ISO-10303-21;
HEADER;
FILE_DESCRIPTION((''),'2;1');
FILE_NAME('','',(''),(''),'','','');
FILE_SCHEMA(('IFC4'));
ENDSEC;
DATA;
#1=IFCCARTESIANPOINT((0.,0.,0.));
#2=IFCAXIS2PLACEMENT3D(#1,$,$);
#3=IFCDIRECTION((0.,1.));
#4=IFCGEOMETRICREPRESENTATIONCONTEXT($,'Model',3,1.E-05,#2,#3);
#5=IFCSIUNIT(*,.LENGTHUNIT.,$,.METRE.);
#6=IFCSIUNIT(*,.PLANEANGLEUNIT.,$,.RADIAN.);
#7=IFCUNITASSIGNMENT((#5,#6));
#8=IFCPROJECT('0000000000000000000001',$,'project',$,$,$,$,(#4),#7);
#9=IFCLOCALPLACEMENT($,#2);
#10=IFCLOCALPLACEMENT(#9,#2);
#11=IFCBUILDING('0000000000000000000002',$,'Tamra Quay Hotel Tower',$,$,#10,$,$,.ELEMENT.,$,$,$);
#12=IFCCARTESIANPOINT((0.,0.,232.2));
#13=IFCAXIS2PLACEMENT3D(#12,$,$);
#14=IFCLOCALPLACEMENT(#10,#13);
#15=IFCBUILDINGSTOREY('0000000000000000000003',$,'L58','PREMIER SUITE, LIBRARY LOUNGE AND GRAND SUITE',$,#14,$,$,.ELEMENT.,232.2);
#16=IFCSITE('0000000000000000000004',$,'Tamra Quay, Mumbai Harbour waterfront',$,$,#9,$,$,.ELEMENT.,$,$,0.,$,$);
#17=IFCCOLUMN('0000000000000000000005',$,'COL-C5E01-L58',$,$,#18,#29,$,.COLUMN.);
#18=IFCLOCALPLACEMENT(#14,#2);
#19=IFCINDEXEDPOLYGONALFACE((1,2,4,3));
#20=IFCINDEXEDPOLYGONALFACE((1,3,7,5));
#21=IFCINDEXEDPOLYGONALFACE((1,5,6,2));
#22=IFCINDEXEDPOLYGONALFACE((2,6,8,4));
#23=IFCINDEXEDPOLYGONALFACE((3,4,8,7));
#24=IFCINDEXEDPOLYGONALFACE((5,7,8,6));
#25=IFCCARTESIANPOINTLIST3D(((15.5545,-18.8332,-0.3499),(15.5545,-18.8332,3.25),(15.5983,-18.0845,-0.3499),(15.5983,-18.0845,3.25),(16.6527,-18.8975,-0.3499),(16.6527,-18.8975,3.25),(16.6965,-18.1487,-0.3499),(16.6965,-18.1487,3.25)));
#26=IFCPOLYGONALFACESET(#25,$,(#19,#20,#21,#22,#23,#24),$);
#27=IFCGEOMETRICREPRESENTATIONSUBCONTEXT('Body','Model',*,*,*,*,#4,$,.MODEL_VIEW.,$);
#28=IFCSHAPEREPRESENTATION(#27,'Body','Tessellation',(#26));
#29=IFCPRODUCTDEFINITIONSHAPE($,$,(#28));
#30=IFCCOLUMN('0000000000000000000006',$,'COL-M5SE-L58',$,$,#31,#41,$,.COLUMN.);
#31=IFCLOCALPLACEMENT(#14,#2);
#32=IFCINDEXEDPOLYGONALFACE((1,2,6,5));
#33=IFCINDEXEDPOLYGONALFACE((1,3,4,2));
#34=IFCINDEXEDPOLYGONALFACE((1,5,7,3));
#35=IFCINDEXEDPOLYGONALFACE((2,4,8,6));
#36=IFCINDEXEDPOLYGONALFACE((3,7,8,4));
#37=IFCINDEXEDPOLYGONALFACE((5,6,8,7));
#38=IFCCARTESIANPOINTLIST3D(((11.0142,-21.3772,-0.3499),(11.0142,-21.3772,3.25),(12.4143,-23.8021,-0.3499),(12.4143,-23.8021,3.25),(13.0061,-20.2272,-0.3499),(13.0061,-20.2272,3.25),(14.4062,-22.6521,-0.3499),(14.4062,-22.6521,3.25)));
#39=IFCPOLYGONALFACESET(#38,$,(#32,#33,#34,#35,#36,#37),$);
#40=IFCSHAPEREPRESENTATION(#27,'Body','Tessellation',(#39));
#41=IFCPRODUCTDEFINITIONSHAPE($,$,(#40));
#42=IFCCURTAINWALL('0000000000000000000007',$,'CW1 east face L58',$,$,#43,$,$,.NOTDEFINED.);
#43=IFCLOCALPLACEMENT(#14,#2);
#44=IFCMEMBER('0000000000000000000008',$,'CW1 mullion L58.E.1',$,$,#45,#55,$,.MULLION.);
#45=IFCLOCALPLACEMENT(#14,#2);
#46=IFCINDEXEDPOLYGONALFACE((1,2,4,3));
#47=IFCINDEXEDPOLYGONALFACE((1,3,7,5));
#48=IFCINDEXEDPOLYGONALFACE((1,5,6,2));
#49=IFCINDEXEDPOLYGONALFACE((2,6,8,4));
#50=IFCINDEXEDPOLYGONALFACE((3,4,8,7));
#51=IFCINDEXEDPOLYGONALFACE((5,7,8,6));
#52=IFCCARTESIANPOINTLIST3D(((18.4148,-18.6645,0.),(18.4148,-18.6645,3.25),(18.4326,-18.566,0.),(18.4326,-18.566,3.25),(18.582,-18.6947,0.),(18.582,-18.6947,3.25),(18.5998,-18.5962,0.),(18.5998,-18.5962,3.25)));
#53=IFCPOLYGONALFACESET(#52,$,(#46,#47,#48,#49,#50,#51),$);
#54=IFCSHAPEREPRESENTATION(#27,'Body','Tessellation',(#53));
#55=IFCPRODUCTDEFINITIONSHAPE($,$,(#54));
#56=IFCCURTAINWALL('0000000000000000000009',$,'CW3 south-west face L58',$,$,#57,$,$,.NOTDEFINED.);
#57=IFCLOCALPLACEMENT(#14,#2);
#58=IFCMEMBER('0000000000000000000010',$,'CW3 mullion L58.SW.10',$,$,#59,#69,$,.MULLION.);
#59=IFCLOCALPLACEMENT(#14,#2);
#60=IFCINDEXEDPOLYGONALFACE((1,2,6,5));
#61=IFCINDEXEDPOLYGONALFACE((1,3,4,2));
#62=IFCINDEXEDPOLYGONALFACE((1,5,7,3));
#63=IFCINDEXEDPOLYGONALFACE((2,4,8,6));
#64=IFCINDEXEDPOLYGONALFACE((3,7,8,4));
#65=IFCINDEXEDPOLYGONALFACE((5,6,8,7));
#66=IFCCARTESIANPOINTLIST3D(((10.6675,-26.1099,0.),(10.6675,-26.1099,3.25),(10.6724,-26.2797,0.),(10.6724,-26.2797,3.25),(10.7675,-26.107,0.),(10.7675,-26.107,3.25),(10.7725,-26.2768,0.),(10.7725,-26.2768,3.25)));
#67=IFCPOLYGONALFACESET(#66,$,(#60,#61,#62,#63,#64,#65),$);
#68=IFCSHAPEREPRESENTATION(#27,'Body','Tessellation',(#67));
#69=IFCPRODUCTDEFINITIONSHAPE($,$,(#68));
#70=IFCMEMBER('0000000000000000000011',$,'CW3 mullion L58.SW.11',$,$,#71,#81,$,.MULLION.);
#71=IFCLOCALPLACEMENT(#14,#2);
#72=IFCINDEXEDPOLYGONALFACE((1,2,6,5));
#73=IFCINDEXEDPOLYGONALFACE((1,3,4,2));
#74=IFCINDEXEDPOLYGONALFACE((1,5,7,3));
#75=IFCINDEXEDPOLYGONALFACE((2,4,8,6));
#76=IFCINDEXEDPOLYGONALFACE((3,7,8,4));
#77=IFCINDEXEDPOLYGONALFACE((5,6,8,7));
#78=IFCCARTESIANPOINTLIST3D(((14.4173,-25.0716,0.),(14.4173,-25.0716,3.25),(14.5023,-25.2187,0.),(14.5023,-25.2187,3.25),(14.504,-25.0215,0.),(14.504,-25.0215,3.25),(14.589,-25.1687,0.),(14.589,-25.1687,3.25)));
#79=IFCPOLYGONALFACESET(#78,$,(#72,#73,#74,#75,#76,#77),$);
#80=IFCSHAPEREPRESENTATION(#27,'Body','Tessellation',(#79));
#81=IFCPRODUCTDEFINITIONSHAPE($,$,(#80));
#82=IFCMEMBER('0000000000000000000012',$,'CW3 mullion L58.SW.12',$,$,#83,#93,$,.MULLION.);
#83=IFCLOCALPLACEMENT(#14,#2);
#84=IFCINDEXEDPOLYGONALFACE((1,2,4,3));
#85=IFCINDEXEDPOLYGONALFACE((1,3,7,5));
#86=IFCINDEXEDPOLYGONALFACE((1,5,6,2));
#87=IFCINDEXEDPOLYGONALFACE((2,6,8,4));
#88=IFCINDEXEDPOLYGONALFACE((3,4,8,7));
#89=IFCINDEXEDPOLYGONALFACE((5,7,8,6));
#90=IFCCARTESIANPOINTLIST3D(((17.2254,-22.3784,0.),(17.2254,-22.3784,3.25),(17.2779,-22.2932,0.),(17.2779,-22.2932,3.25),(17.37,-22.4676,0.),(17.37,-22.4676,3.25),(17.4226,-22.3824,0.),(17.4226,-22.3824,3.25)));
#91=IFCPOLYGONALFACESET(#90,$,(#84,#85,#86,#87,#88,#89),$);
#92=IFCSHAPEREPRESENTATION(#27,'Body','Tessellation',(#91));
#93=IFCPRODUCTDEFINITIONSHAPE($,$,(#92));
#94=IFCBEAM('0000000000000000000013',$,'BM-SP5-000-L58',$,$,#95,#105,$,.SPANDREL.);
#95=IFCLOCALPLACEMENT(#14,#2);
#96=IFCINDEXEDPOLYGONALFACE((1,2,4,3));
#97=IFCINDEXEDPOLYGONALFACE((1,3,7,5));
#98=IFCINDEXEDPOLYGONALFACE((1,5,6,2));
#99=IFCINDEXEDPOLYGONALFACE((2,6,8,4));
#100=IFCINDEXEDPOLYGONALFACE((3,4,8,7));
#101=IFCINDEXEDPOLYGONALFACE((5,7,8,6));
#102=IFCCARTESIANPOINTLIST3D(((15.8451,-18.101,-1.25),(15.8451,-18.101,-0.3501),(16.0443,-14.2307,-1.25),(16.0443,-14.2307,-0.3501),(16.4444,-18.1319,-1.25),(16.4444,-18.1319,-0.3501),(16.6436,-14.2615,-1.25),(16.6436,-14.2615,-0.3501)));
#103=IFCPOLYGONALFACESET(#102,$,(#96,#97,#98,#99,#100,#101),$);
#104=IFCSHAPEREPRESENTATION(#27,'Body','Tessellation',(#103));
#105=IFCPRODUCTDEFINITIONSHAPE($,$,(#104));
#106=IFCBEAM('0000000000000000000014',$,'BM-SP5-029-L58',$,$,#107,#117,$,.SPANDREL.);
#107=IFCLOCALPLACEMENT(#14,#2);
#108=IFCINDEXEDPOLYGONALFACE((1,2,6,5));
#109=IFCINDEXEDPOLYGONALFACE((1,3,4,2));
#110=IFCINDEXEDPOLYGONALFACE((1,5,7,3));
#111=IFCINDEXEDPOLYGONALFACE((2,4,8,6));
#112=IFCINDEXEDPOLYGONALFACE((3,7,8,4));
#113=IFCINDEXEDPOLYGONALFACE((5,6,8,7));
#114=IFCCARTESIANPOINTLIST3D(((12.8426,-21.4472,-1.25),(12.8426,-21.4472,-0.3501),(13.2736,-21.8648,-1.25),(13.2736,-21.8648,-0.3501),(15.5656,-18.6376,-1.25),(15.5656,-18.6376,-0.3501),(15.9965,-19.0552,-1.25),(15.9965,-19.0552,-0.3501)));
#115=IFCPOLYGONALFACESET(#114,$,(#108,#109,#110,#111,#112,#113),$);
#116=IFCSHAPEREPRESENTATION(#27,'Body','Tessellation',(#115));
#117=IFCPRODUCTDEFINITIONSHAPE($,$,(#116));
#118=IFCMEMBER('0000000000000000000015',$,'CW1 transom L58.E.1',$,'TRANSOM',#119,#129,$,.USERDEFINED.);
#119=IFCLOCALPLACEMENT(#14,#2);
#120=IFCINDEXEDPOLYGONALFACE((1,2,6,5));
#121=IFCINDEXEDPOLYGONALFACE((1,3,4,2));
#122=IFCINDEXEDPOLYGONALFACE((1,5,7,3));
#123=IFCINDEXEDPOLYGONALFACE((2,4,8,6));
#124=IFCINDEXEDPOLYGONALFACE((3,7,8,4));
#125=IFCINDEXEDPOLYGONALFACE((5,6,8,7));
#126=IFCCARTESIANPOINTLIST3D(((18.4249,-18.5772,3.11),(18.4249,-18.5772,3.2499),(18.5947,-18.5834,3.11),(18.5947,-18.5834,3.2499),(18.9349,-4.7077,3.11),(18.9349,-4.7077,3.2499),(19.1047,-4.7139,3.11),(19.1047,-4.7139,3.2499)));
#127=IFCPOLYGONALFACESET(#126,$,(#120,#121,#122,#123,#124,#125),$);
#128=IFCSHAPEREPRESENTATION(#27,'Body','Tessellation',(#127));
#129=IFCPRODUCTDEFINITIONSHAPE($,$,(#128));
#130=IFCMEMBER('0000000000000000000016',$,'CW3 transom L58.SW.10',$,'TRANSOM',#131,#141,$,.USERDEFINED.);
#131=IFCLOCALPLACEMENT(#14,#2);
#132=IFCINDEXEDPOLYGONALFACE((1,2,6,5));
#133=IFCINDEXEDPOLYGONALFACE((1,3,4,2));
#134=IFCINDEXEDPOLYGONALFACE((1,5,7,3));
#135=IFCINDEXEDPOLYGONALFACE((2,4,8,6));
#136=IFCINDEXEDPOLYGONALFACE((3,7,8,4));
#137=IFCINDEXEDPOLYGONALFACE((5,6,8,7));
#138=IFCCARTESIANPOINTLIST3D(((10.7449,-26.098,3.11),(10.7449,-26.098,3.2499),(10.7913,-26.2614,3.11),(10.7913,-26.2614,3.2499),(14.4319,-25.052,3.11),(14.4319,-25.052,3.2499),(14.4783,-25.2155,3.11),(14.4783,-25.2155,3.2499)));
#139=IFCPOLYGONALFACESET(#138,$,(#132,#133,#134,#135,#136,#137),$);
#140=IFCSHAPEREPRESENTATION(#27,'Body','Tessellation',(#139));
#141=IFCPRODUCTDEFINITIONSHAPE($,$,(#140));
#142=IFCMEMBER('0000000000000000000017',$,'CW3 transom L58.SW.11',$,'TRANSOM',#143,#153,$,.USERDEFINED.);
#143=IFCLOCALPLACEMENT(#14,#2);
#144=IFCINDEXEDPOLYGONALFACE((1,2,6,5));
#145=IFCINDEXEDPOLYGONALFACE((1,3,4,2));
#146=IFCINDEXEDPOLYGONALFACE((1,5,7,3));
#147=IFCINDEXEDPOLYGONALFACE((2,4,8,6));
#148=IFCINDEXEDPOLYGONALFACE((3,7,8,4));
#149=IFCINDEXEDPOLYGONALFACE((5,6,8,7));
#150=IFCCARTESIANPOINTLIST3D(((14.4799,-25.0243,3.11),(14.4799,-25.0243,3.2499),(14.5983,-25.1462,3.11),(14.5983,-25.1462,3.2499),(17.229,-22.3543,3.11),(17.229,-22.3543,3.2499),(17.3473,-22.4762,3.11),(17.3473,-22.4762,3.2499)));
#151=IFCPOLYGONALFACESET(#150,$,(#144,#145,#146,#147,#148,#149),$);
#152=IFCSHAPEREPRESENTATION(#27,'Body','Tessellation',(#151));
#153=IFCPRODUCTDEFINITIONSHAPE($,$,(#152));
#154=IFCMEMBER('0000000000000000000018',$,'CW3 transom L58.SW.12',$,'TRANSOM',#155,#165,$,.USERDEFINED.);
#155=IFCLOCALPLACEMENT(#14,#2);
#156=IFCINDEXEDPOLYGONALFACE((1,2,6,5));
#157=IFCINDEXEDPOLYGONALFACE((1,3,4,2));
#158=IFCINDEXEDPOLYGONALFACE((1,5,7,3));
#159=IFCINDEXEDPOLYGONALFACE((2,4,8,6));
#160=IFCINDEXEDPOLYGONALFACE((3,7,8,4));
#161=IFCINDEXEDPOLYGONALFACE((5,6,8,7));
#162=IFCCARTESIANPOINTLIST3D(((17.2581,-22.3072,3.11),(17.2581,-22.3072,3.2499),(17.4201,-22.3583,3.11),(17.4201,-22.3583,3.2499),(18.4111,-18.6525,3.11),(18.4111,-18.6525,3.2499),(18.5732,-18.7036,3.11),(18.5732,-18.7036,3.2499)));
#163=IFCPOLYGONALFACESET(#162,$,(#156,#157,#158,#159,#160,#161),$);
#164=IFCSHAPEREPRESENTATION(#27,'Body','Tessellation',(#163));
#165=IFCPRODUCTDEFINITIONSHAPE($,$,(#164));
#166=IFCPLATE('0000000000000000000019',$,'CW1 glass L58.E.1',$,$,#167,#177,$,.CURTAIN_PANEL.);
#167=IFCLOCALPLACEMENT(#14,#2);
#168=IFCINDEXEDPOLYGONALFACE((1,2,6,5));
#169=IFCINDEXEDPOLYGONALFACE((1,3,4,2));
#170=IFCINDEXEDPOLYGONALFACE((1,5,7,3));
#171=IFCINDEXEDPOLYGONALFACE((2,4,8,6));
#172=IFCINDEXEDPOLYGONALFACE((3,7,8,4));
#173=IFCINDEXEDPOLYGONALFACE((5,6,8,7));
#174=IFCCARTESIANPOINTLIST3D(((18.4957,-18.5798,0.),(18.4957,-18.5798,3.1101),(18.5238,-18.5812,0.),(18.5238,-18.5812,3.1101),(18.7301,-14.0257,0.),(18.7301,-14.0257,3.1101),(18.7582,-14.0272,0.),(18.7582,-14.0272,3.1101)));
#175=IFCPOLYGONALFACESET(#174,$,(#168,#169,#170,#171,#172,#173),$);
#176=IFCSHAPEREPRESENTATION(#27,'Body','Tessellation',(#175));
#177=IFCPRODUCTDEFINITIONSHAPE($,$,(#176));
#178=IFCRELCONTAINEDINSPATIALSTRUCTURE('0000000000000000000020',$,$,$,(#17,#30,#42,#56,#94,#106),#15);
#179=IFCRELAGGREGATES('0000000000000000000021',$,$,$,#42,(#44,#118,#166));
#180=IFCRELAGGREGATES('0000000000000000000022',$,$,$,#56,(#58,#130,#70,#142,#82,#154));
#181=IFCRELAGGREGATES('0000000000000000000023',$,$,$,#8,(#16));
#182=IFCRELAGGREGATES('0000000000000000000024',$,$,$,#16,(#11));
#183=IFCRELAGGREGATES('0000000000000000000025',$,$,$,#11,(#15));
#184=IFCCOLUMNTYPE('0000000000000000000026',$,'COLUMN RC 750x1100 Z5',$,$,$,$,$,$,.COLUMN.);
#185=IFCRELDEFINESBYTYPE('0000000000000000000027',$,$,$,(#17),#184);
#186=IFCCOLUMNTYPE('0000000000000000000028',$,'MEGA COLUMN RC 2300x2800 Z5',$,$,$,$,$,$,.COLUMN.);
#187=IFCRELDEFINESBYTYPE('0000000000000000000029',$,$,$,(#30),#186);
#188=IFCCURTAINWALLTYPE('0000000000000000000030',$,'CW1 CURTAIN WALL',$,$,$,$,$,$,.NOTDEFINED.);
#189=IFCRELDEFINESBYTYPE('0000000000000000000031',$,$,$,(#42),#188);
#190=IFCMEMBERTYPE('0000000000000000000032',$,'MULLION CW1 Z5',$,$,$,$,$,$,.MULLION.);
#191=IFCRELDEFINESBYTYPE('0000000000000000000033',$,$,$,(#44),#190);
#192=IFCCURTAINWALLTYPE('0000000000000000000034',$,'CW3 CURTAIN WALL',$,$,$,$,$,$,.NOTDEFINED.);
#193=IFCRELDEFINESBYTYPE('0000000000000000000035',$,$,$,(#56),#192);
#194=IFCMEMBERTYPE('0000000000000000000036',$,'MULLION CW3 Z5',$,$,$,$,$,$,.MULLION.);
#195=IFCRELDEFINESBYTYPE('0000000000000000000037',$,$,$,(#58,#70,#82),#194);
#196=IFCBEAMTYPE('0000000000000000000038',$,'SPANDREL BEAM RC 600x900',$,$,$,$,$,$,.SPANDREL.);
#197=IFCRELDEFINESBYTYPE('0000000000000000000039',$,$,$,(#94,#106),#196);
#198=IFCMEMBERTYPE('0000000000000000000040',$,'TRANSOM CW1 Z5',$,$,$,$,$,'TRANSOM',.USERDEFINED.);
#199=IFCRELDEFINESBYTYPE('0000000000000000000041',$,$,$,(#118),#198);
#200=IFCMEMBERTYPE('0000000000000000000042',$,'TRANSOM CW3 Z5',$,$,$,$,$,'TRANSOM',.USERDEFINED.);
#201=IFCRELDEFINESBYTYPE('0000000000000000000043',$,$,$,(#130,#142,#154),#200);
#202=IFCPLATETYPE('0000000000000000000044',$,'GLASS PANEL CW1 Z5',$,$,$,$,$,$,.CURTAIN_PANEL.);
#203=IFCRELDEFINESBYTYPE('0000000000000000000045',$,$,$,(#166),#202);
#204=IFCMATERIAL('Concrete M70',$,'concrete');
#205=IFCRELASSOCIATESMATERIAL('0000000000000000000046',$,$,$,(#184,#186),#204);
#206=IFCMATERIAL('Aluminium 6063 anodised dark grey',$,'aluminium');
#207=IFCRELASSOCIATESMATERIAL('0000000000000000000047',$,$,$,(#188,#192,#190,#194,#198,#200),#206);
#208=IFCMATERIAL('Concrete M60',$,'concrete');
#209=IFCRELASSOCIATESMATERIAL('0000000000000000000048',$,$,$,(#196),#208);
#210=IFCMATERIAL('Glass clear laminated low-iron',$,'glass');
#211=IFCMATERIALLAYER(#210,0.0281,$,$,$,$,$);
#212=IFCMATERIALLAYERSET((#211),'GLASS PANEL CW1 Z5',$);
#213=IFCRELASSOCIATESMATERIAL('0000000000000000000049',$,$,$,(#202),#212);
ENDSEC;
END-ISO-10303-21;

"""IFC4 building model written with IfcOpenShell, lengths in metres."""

from ifc_helpers import new_model, si_unit, direction, frame, origin, origin_2d, place, context, subcontext, project, spatial, rectangle, extrude, material, layer, layer_set, material_profile, profile_set, type_object, element, aggregate, save


model = new_model("IFC4")

# Units and contexts
model_context = context("Model", 3, precision=1e-05, world=origin(), true_north=direction((0.0, 1.0)))
body_context = subcontext(model_context, "Body", "Model", "MODEL_VIEW")
ifc_project = project(units=[si_unit("LENGTHUNIT", "METRE"), si_unit("PLANEANGLEUNIT", "RADIAN")], contexts=[model_context])

# Site, building, storey
site_placement = place(None, origin())
site = spatial("IfcSite", under=ifc_project, at=site_placement, Name="Tamra Quay, Mumbai Harbour waterfront", CompositionType="ELEMENT", RefElevation=0.0)
building_placement = place(site_placement, origin())
building = spatial("IfcBuilding", under=site, at=building_placement, Name="Tamra Quay Hotel Tower", CompositionType="ELEMENT")
storey_placement = place(building_placement, frame((0.0, 0.0, 232.2)))
storey = spatial("IfcBuildingStorey", under=building, at=storey_placement, Name="L58", Description="PREMIER SUITE, LIBRARY LOUNGE AND GRAND SUITE", CompositionType="ELEMENT", Elevation=232.2)

# Columns
ifc_material_1 = material(Name="Concrete M70", Category="concrete")
ifc_material_profile_1 = material_profile(ifc_material_1, rectangle(XDim=1.1001, YDim=0.75, at=origin_2d()), Name="COLUMN RC 750x1100 Z5")
ifc_profile_set_1 = profile_set([ifc_material_profile_1], Name="Concrete M70")
column_type_1 = type_object("IfcColumnType", Name="COLUMN RC 750x1100 Z5", PredefinedType="COLUMN", material=ifc_profile_set_1)
column_1_placement = place(storey_placement, frame((16.1255, -18.491, -0.3499), z_axis=(0.0, 0.0, 1.0), x_axis=(-0.998292, 0.05842, 0.0)))
element("IfcColumn", 1, at=column_1_placement, inside=storey, type_object=column_type_1, Name="COL-C5E01-L58", PredefinedType="COLUMN", context=body_context, shape_type="SweptSolid", body=[
    extrude(rectangle(XDim=1.1001, YDim=0.75, at=origin_2d()), origin(), (0.0, 0.0, 1.0), 3.5999),
])
ifc_material_profile_2 = material_profile(ifc_material_1, rectangle(XDim=2.8, YDim=2.3, at=origin_2d()), Name="MEGA COLUMN RC 2300x2800 Z5")
ifc_profile_set_2 = profile_set([ifc_material_profile_2], Name="Concrete M70")
column_type_2 = type_object("IfcColumnType", Name="MEGA COLUMN RC 2300x2800 Z5", PredefinedType="COLUMN", material=ifc_profile_set_2)
column_2_placement = place(storey_placement, frame((12.7102, -22.0146, -0.3499), z_axis=(0.0, 0.0, 1.0), x_axis=(-0.5, 0.866025, 0.0)))
element("IfcColumn", 2, at=column_2_placement, inside=storey, type_object=column_type_2, Name="COL-M5SE-L58", PredefinedType="COLUMN", context=body_context, shape_type="SweptSolid", body=[
    extrude(rectangle(XDim=2.8, YDim=2.3, at=origin_2d()), origin(), (0.0, 0.0, 1.0), 3.5999),
])

# Curtain wall, member
ifc_material_2 = material(Name="Aluminium 6063 anodised dark grey", Category="aluminium")
curtain_wall_type_1 = type_object("IfcCurtainWallType", Name="CW1 CURTAIN WALL", PredefinedType="NOTDEFINED", material=ifc_material_2)
curtain_wall_1_placement = place(storey_placement, origin())
curtain_wall_1 = element("IfcCurtainWall", 3, at=curtain_wall_1_placement, inside=storey, type_object=curtain_wall_type_1, Name="CW1 east face L58", PredefinedType="NOTDEFINED")
ifc_material_profile_3 = material_profile(ifc_material_2, rectangle(XDim=0.1699, YDim=0.1001, at=origin_2d()), Name="MULLION 100X170")
ifc_profile_set_3 = profile_set([ifc_material_profile_3], Name="Aluminium 6063 anodised dark grey")
member_type_1 = type_object("IfcMemberType", Name="MULLION CW1 Z5", PredefinedType="MULLION", material=ifc_profile_set_3)
member_1_placement = place(storey_placement, frame((18.5073, -18.6304, 0.0), z_axis=(0.0, 0.0, 1.0), x_axis=(0.984105, -0.177586, 0.0)))
member_1 = element("IfcMember", 4, at=member_1_placement, type_object=member_type_1, Name="CW1 mullion L58.E.1", PredefinedType="MULLION", context=body_context, shape_type="SweptSolid", body=[
    extrude(rectangle(XDim=0.1699, YDim=0.1001, at=origin_2d()), origin(), (0.0, 0.0, 1.0), 3.25),
])

# Curtain wall, members
curtain_wall_type_2 = type_object("IfcCurtainWallType", Name="CW3 CURTAIN WALL", PredefinedType="NOTDEFINED", material=ifc_material_2)
curtain_wall_2_placement = place(storey_placement, origin())
curtain_wall_2 = element("IfcCurtainWall", 5, at=curtain_wall_2_placement, inside=storey, type_object=curtain_wall_type_2, Name="CW3 south-west face L58", PredefinedType="NOTDEFINED")
ifc_material_profile_4 = material_profile(ifc_material_2, rectangle(XDim=0.1699, YDim=0.1001, at=origin_2d()), Name="MULLION 100X170")
ifc_profile_set_4 = profile_set([ifc_material_profile_4], Name="Aluminium 6063 anodised dark grey")
member_type_2 = type_object("IfcMemberType", Name="MULLION CW3 Z5", PredefinedType="MULLION", material=ifc_profile_set_4)
member_2_placement = place(storey_placement, frame((10.72, -26.1934, 0.0), z_axis=(0.0, 0.0, 1.0), x_axis=(0.029223, -0.999573, 0.0)))
member_2 = element("IfcMember", 6, at=member_2_placement, type_object=member_type_2, Name="CW3 mullion L58.SW.10", PredefinedType="MULLION", context=body_context, shape_type="SweptSolid", body=[
    extrude(rectangle(XDim=0.1699, YDim=0.1001, at=origin_2d()), origin(), (0.0, 0.0, 1.0), 3.25),
])
member_3_placement = place(storey_placement, frame((14.5032, -25.1201, 0.0), z_axis=(0.0, 0.0, 1.0), x_axis=(0.5, -0.866025, 0.0)))
member_3 = element("IfcMember", 7, at=member_3_placement, type_object=member_type_2, Name="CW3 mullion L58.SW.11", PredefinedType="MULLION", context=body_context, shape_type="SweptSolid", body=[
    extrude(rectangle(XDim=0.1699, YDim=0.1001, at=origin_2d()), origin(), (0.0, 0.0, 1.0), 3.25),
])
member_4_placement = place(storey_placement, frame((17.324, -22.3804, 0.0), z_axis=(0.0, 0.0, 1.0), x_axis=(0.851044, -0.525094, 0.0)))
member_4 = element("IfcMember", 8, at=member_4_placement, type_object=member_type_2, Name="CW3 mullion L58.SW.12", PredefinedType="MULLION", context=body_context, shape_type="SweptSolid", body=[
    extrude(rectangle(XDim=0.1699, YDim=0.1001, at=origin_2d()), origin(), (0.0, 0.0, 1.0), 3.25),
])

# Beams
ifc_material_3 = material(Name="Concrete M60", Category="concrete")
ifc_material_profile_5 = material_profile(ifc_material_3, rectangle(XDim=0.6001, YDim=0.8999, at=origin_2d()), Name="SPANDREL BEAM RC 600x900")
ifc_profile_set_5 = profile_set([ifc_material_profile_5], Name="Concrete M60")
beam_type = type_object("IfcBeamType", Name="SPANDREL BEAM RC 600x900", PredefinedType="SPANDREL", material=ifc_profile_set_5)
beam_1_placement = place(storey_placement, frame((16.1448, -18.1165, -0.8), z_axis=(0.051405, 0.998678, 0.0), x_axis=(-0.998678, 0.051405, 0.0)))
element("IfcBeam", 9, at=beam_1_placement, inside=storey, type_object=beam_type, Name="BM-SP5-000-L58", PredefinedType="SPANDREL", context=body_context, shape_type="SweptSolid", body=[
    extrude(rectangle(XDim=0.6001, YDim=0.8999, at=origin_2d()), origin(), (0.0, 0.0, 1.0), 3.8755),
])
beam_2_placement = place(storey_placement, frame((13.0581, -21.656, -0.8), z_axis=(0.695944, 0.718096, 0.0), x_axis=(-0.718096, 0.695944, 0.0)))
element("IfcBeam", 10, at=beam_2_placement, inside=storey, type_object=beam_type, Name="BM-SP5-029-L58", PredefinedType="SPANDREL", context=body_context, shape_type="SweptSolid", body=[
    extrude(rectangle(XDim=0.6001, YDim=0.8999, at=origin_2d()), origin(), (0.0, 0.0, 1.0), 3.9126),
])

# Members
ifc_material_profile_6 = material_profile(ifc_material_2, rectangle(XDim=0.1699, YDim=0.1399, at=origin_2d()), Name="TRANSOM 170X140")
ifc_profile_set_6 = profile_set([ifc_material_profile_6], Name="Aluminium 6063 anodised dark grey")
member_type_3 = type_object("IfcMemberType", Name="TRANSOM CW1 Z5", ElementType="TRANSOM", PredefinedType="USERDEFINED", material=ifc_profile_set_6)
member_5_placement = place(storey_placement, frame((18.5098, -18.5803, 3.1799), z_axis=(0.036747, 0.999325, 0.0), x_axis=(-0.999325, 0.036747, 0.0)))
member_5 = element("IfcMember", 11, at=member_5_placement, type_object=member_type_3, Name="CW1 transom L58.E.1", ObjectType="TRANSOM", PredefinedType="USERDEFINED", context=body_context, shape_type="SweptSolid", body=[
    extrude(rectangle(XDim=0.1699, YDim=0.1399, at=origin_2d()), origin(), (0.0, 0.0, 1.0), 13.8789),
])
ifc_material_profile_7 = material_profile(ifc_material_2, rectangle(XDim=0.1699, YDim=0.1399, at=origin_2d()), Name="TRANSOM 170X140")
ifc_profile_set_7 = profile_set([ifc_material_profile_7], Name="Aluminium 6063 anodised dark grey")
member_type_4 = type_object("IfcMemberType", Name="TRANSOM CW3 Z5", ElementType="TRANSOM", PredefinedType="USERDEFINED", material=ifc_profile_set_7)
member_6_placement = place(storey_placement, frame((10.7681, -26.1797, 3.1799), z_axis=(0.962041, 0.272903, 0.0), x_axis=(-0.272903, 0.962041, 0.0)))
member_6 = element("IfcMember", 12, at=member_6_placement, type_object=member_type_4, Name="CW3 transom L58.SW.10", ObjectType="TRANSOM", PredefinedType="USERDEFINED", context=body_context, shape_type="SweptSolid", body=[
    extrude(rectangle(XDim=0.1699, YDim=0.1399, at=origin_2d()), origin(), (0.0, 0.0, 1.0), 3.8325),
])
member_7_placement = place(storey_placement, frame((14.5391, -25.0852, 3.1799), z_axis=(0.717352, 0.696711, 0.0), x_axis=(-0.696711, 0.717352, 0.0)))
member_7 = element("IfcMember", 13, at=member_7_placement, type_object=member_type_4, Name="CW3 transom L58.SW.11", ObjectType="TRANSOM", PredefinedType="USERDEFINED", context=body_context, shape_type="SweptSolid", body=[
    extrude(rectangle(XDim=0.1699, YDim=0.1399, at=origin_2d()), origin(), (0.0, 0.0, 1.0), 3.8323),
])
member_8_placement = place(storey_placement, frame((17.3391, -22.3328, 3.1799), z_axis=(0.300878, 0.953663, 0.0), x_axis=(-0.953663, 0.300878, 0.0)))
member_8 = element("IfcMember", 14, at=member_8_placement, type_object=member_type_4, Name="CW3 transom L58.SW.12", ObjectType="TRANSOM", PredefinedType="USERDEFINED", context=body_context, shape_type="SweptSolid", body=[
    extrude(rectangle(XDim=0.1699, YDim=0.1399, at=origin_2d()), origin(), (0.0, 0.0, 1.0), 3.8323),
])

# Plate
ifc_material_4 = material(Name="Glass clear laminated low-iron", Category="glass")
ifc_layer_1 = layer(ifc_material_4, 0.0281)
ifc_layer_set_1 = layer_set([ifc_layer_1], Name="GLASS PANEL CW1 Z5")
plate_type_1 = type_object("IfcPlateType", Name="GLASS PANEL CW1 Z5", PredefinedType="CURTAIN_PANEL", material=ifc_layer_set_1)
plate_1_placement = place(storey_placement, frame((18.627, -16.3035, 0.0), z_axis=(0.0, 0.0, 1.0), x_axis=(0.051403, 0.998678, 0.0)))
plate_1 = element("IfcPlate", 15, at=plate_1_placement, type_object=plate_type_1, Name="CW1 glass L58.E.1", PredefinedType="CURTAIN_PANEL", context=body_context, shape_type="SweptSolid", body=[
    extrude(rectangle(XDim=4.5601, YDim=0.0281, at=origin_2d()), origin(), (0.0, 0.0, 1.0), 3.1101),
])
aggregate(curtain_wall_1, [member_1, member_5, plate_1])
aggregate(curtain_wall_2, [member_2, member_6, member_3, member_7, member_4, member_8])

save(model, "model.ifc")
